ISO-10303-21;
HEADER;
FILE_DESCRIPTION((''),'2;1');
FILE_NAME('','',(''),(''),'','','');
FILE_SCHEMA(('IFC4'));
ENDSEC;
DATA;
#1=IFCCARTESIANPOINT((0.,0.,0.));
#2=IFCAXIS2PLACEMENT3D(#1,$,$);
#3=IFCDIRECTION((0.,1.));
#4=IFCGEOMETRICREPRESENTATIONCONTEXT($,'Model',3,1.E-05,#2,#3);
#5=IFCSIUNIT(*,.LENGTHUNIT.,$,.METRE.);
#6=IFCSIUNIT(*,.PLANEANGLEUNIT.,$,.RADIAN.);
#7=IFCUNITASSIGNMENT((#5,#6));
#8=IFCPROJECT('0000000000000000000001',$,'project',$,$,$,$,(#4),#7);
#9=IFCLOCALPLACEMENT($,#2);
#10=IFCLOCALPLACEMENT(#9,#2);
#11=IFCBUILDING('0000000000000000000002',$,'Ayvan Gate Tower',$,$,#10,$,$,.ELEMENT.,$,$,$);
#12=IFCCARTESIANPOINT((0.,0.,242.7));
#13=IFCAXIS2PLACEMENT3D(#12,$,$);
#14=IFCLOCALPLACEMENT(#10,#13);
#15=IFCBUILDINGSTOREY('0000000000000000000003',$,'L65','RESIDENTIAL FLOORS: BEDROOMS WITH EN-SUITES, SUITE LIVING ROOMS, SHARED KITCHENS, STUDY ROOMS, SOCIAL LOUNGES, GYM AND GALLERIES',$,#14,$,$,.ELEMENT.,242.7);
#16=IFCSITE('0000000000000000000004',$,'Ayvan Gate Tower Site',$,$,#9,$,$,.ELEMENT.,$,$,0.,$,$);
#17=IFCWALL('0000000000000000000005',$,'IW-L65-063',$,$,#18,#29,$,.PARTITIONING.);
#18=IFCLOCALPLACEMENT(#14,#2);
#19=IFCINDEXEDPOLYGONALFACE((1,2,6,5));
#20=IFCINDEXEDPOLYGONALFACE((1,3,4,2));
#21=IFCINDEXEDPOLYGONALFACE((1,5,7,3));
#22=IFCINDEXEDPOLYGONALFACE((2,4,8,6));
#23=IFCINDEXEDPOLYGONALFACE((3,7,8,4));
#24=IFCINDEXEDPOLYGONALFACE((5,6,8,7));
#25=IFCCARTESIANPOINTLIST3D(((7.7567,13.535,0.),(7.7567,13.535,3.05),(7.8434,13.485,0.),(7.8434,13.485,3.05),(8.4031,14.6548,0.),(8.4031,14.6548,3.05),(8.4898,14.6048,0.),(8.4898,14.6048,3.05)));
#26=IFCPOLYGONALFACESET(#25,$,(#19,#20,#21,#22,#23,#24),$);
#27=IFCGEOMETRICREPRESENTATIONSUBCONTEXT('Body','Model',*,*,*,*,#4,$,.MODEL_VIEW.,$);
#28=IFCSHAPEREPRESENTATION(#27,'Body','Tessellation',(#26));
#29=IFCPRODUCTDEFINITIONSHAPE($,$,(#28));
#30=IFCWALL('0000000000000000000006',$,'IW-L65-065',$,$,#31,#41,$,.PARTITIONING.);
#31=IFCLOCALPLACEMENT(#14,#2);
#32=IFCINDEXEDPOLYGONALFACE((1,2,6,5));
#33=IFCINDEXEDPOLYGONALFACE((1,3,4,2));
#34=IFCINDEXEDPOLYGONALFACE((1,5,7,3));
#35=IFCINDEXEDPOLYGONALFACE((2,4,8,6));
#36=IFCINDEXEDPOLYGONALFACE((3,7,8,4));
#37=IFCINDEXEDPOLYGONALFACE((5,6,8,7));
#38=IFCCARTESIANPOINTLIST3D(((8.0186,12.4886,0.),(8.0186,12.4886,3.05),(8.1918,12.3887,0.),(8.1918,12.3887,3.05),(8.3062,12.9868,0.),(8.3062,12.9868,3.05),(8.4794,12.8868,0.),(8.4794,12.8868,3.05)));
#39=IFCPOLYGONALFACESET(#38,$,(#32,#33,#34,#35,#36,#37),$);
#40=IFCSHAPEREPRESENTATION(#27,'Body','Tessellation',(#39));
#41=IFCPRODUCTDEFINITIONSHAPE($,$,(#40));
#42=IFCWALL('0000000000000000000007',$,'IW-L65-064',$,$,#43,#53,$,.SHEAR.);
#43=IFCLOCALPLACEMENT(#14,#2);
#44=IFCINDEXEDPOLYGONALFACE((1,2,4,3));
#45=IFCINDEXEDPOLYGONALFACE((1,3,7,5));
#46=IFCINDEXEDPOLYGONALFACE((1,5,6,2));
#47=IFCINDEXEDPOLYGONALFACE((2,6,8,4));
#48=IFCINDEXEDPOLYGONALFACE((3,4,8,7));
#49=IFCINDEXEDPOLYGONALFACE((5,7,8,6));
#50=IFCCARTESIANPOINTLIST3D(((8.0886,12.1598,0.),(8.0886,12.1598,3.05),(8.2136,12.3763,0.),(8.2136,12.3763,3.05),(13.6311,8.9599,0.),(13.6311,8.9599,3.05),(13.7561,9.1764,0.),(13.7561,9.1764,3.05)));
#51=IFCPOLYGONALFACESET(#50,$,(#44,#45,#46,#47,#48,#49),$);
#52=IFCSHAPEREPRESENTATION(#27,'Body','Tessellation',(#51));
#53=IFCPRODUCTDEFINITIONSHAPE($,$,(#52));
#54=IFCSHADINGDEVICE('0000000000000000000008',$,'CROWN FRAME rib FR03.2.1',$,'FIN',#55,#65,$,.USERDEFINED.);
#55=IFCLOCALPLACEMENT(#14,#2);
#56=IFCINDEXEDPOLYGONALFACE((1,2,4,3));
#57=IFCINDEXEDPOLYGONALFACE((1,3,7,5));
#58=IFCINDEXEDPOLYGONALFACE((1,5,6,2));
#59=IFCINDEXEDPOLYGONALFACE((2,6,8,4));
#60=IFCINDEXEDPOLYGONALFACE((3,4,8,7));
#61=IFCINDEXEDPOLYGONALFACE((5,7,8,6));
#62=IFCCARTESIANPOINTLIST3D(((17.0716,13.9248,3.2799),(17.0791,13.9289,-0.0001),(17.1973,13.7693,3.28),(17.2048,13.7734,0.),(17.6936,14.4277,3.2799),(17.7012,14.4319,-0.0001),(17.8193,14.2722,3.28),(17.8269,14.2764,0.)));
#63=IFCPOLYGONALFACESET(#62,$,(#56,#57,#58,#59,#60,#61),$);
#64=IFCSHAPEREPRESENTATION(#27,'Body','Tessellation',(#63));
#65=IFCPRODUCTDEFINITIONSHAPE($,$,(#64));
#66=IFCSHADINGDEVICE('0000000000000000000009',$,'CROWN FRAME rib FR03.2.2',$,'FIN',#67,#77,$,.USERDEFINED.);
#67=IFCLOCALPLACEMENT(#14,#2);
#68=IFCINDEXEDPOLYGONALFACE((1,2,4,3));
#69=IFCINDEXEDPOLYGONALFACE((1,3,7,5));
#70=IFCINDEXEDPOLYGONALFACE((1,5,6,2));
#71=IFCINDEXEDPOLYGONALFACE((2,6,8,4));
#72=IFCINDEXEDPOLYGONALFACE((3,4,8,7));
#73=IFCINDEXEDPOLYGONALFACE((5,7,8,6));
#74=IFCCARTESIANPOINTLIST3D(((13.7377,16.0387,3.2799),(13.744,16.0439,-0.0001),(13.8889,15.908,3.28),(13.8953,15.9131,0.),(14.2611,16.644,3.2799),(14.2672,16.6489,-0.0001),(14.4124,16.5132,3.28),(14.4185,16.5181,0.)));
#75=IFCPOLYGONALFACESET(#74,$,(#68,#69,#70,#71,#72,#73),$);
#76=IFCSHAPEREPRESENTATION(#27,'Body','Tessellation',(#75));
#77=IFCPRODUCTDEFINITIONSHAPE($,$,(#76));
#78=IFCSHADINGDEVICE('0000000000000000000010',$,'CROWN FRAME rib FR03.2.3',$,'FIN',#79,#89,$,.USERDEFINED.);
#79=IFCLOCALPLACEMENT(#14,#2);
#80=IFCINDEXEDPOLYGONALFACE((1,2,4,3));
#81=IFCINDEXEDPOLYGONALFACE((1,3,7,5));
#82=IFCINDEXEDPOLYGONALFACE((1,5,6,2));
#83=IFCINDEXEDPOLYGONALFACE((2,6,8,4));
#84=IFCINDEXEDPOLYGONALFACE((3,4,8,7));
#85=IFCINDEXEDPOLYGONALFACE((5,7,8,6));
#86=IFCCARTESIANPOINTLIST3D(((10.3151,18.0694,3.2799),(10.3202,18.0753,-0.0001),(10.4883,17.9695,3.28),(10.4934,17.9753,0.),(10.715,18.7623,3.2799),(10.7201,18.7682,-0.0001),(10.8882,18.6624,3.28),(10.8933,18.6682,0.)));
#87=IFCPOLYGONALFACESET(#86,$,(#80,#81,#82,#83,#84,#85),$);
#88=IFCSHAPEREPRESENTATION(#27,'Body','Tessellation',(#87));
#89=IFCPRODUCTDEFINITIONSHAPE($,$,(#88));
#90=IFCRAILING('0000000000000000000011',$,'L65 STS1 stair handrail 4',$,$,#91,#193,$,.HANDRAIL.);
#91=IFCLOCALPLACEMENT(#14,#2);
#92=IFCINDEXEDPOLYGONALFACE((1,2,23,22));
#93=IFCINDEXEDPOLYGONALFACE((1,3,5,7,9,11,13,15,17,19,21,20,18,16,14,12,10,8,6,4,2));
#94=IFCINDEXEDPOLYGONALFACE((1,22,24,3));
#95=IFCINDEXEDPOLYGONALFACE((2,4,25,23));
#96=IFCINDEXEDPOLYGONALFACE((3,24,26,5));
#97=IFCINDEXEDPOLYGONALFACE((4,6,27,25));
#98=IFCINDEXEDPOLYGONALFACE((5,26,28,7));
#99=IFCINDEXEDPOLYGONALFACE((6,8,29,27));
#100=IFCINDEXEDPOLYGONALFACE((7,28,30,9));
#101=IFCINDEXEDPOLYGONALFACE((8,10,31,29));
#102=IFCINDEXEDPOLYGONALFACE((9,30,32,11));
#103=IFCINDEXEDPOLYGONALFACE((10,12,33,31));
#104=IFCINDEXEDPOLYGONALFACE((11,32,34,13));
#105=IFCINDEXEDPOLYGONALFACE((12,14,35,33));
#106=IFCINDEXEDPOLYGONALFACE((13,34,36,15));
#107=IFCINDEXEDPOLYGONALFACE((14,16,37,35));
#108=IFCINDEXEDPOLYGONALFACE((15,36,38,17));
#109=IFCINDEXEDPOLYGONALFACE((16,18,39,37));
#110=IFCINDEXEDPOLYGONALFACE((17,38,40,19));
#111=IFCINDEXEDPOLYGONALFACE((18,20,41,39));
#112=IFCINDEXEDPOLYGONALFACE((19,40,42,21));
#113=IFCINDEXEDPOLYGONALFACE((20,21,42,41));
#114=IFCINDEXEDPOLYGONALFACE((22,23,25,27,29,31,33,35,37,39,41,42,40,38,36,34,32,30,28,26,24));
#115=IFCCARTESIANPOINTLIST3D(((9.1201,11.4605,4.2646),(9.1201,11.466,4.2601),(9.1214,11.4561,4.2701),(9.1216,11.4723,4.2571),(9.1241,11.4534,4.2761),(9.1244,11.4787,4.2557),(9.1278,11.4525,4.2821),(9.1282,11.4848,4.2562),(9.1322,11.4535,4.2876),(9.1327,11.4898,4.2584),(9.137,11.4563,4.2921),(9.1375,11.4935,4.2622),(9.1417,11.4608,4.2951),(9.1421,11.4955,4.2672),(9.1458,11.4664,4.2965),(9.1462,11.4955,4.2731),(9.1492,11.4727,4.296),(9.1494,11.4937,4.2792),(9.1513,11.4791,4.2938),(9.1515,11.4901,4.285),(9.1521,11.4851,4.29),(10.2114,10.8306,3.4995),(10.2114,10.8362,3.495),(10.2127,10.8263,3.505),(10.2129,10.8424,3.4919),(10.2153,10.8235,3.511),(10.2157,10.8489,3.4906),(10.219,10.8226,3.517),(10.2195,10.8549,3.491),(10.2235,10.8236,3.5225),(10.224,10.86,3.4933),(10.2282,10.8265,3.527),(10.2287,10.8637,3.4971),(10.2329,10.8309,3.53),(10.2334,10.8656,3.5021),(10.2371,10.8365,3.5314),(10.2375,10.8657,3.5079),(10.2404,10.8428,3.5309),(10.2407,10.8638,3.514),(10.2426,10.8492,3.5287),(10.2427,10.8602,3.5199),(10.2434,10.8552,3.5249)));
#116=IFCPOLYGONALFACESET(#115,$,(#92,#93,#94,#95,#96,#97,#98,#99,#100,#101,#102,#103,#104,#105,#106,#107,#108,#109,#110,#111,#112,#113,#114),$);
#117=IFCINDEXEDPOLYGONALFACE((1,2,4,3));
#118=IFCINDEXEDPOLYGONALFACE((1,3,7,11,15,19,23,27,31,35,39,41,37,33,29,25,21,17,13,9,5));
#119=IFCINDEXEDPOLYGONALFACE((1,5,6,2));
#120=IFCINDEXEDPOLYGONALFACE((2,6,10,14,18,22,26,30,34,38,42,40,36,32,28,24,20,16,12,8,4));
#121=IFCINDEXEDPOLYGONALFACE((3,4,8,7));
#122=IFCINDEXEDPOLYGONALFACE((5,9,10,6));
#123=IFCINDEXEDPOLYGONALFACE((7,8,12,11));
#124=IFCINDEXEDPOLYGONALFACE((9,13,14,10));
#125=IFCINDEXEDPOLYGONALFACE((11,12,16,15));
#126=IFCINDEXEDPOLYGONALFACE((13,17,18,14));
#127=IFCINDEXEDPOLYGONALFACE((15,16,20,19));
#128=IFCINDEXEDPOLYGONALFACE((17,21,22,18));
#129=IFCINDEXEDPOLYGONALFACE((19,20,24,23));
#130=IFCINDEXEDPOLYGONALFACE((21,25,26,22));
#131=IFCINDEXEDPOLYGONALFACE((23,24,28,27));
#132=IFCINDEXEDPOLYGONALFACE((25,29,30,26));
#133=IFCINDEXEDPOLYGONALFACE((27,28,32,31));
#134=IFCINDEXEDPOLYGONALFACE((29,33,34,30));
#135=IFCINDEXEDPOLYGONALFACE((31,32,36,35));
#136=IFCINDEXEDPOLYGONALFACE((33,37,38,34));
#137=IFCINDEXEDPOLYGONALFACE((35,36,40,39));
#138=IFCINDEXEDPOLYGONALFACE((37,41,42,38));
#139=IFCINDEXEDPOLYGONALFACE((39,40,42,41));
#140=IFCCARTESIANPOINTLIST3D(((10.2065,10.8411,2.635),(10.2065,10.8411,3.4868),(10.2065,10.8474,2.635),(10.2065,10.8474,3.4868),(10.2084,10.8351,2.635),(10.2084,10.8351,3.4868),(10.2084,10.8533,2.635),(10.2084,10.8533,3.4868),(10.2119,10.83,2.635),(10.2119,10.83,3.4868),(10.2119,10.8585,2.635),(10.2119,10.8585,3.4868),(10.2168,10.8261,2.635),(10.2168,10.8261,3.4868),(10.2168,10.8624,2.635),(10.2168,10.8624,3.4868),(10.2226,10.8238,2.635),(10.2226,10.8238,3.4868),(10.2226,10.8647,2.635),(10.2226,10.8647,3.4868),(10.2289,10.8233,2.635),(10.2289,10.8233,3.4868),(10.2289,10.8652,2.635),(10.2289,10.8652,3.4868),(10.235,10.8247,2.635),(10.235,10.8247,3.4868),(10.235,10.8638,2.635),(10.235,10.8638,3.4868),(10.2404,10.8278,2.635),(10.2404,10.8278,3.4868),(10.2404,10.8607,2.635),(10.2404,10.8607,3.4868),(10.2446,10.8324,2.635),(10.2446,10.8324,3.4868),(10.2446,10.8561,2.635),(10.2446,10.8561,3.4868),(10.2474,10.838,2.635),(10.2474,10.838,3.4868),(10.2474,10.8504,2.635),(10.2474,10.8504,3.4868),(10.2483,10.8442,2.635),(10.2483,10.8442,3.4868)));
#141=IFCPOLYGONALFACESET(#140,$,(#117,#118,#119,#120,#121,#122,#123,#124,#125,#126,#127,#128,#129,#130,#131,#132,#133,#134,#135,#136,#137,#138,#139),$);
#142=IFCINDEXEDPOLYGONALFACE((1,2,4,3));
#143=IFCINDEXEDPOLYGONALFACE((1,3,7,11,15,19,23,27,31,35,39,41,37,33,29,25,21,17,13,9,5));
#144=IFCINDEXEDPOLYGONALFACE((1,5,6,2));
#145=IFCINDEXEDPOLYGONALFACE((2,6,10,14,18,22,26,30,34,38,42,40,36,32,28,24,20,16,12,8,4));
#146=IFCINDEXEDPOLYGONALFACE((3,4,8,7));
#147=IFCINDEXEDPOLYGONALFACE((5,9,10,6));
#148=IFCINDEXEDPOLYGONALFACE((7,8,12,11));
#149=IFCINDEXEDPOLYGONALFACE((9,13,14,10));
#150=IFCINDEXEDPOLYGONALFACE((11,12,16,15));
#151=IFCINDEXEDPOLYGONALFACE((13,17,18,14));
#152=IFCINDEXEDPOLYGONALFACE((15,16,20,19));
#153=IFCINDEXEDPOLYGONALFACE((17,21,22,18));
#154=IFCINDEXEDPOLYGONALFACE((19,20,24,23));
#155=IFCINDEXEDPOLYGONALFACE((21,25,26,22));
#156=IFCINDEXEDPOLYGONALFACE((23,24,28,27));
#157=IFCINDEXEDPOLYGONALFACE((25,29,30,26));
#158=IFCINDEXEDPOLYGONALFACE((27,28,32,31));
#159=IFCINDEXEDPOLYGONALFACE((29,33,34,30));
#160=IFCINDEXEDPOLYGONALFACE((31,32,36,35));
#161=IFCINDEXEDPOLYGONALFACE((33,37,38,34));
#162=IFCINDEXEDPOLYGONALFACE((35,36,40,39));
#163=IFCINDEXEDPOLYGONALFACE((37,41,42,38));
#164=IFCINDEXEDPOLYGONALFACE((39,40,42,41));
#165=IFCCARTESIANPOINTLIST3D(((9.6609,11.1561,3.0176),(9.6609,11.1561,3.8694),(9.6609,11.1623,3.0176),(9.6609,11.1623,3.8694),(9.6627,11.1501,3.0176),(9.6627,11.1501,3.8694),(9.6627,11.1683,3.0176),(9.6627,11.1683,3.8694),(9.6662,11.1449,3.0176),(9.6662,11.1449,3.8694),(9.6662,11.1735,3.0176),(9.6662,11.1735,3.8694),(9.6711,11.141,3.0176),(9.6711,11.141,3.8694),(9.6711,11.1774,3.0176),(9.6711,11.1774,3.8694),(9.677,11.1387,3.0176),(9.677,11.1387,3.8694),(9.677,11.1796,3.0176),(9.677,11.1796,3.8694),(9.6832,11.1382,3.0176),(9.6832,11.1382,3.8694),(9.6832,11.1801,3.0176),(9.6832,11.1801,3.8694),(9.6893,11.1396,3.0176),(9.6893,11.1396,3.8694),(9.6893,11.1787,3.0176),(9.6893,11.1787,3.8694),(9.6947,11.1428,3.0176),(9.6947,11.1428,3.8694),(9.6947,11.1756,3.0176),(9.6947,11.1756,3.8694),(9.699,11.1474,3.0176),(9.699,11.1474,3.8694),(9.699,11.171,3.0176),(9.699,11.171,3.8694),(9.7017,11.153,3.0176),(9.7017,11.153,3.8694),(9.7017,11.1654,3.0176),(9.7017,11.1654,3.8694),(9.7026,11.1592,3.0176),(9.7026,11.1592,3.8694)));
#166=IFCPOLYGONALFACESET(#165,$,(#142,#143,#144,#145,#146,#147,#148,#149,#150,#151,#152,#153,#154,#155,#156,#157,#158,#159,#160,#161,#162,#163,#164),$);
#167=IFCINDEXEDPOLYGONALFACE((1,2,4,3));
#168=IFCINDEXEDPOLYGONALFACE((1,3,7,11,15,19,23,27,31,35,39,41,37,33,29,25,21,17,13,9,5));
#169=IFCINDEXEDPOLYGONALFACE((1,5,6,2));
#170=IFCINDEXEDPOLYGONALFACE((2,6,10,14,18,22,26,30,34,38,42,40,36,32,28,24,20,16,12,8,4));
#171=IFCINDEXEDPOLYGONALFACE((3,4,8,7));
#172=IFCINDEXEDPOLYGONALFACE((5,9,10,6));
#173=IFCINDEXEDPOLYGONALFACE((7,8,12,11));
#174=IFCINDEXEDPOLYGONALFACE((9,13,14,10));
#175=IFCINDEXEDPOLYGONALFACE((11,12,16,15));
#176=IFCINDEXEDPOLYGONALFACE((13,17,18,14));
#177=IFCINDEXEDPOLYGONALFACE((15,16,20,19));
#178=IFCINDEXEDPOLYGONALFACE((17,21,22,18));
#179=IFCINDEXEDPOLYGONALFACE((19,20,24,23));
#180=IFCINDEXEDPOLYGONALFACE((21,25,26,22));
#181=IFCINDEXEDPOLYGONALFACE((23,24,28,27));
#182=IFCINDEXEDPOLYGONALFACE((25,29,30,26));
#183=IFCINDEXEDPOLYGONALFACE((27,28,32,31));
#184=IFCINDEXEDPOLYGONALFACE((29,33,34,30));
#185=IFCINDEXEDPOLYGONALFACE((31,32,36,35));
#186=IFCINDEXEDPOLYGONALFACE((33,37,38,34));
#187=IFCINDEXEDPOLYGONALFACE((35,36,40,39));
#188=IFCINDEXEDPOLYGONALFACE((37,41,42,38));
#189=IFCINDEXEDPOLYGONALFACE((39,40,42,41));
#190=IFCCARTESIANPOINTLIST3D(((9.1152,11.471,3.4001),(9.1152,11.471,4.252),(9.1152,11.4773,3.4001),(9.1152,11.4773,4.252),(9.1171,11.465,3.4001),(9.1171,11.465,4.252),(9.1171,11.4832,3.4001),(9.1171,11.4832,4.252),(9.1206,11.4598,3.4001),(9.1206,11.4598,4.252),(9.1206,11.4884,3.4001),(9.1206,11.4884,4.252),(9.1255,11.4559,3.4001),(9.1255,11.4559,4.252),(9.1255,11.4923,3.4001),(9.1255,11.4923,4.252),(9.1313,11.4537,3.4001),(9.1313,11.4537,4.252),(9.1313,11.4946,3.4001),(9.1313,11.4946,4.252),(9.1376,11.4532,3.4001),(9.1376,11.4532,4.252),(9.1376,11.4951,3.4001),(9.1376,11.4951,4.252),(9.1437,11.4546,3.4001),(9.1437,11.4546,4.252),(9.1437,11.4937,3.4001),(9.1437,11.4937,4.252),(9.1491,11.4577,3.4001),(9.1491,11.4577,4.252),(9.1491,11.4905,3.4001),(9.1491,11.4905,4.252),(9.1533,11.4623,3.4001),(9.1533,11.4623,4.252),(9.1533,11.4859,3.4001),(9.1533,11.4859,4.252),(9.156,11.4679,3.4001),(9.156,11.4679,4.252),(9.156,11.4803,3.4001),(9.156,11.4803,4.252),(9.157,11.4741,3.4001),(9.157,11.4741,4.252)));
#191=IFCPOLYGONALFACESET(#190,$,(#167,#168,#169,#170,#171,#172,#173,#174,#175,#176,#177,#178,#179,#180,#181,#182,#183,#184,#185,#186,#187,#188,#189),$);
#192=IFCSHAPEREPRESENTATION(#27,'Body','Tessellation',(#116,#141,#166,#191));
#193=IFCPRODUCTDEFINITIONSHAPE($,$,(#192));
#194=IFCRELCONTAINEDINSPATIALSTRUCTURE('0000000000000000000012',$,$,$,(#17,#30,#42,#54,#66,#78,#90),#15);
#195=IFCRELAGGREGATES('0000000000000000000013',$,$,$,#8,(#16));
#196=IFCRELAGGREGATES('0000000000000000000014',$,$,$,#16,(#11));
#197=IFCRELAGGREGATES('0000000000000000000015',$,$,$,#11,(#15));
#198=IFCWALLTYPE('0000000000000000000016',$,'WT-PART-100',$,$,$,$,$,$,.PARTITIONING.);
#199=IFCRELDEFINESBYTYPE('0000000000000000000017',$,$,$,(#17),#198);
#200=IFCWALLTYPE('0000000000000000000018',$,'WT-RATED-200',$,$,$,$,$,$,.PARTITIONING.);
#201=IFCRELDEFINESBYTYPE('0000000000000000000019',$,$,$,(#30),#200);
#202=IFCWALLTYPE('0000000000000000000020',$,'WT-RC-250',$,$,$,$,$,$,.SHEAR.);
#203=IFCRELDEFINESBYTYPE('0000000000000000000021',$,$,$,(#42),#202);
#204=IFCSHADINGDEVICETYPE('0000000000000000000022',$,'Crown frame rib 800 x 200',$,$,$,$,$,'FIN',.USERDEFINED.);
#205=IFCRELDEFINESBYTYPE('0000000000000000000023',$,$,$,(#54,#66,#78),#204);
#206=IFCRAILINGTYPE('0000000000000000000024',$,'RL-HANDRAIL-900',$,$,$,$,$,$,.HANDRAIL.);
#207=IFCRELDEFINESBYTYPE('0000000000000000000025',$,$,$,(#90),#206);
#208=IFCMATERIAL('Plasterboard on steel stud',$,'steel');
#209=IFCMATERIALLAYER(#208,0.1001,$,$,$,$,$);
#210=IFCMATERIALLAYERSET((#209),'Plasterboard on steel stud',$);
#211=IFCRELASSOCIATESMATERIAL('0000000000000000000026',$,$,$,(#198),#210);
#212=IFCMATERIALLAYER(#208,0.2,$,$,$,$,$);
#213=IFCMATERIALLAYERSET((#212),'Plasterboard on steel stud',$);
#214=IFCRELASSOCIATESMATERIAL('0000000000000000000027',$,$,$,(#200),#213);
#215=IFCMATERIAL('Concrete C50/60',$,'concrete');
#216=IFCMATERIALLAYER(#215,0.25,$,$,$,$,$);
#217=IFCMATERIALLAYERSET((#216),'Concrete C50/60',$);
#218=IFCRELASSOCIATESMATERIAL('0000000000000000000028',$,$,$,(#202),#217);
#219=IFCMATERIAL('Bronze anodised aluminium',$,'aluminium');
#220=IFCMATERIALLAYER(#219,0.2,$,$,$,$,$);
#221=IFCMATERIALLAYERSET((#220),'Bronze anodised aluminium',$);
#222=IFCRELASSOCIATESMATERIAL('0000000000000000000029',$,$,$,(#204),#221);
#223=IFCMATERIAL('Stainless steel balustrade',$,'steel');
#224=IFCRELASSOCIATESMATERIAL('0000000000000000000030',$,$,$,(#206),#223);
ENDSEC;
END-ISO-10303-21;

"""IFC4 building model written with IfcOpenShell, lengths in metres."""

from ifc_helpers import new_model, si_unit, direction, frame, frame_2d, origin, origin_2d, place, context, subcontext, project, spatial, polyline, rectangle, circle, outline, extrude, material, layer, layer_set, type_object, element, save


model = new_model("IFC4")

# Units and contexts
model_context = context("Model", 3, precision=1e-05, world=origin(), true_north=direction((0.0, 1.0)))
body_context = subcontext(model_context, "Body", "Model", "MODEL_VIEW")
ifc_project = project(units=[si_unit("LENGTHUNIT", "METRE"), si_unit("PLANEANGLEUNIT", "RADIAN")], contexts=[model_context])

# Site, building, storey
site_placement = place(None, origin())
site = spatial("IfcSite", under=ifc_project, at=site_placement, Name="Ayvan Gate Tower Site", CompositionType="ELEMENT", RefElevation=0.0)
building_placement = place(site_placement, origin())
building = spatial("IfcBuilding", under=site, at=building_placement, Name="Ayvan Gate Tower", CompositionType="ELEMENT")
storey_placement = place(building_placement, frame((0.0, 0.0, 242.7)))
storey = spatial("IfcBuildingStorey", under=building, at=storey_placement, Name="L65", Description="RESIDENTIAL FLOORS: BEDROOMS WITH EN-SUITES, SUITE LIVING ROOMS, SHARED KITCHENS, STUDY ROOMS, SOCIAL LOUNGES, GYM AND GALLERIES", CompositionType="ELEMENT", Elevation=242.7)

# Shared definitions
ifc_material_1 = material(Name="Concrete C50/60", Category="concrete")

# Shared definitions
ifc_material_2 = material(Name="Bronze anodised aluminium", Category="aluminium")

# Walls
ifc_material_3 = material(Name="Plasterboard on steel stud", Category="steel")
ifc_layer_1 = layer(ifc_material_3, 0.1001)
ifc_layer_set_1 = layer_set([ifc_layer_1], Name="Plasterboard on steel stud")
wall_type_1 = type_object("IfcWallType", Name="WT-PART-100", PredefinedType="PARTITIONING", material=ifc_layer_set_1)
wall_1_placement = place(storey_placement, frame((7.8, 13.51, 0.0), z_axis=(0.0, 0.0, 1.0), x_axis=(0.499957, 0.86605, 0.0)))
element("IfcWall", 1, at=wall_1_placement, inside=storey, type_object=wall_type_1, Name="IW-L65-063", PredefinedType="PARTITIONING", context=body_context, shape_type="SweptSolid", body=[
    extrude(rectangle(XDim=1.293, YDim=0.1001, at=frame_2d((0.6465, 0.0))), origin(), (0.0, 0.0, 1.0), 3.05),
])
ifc_layer_2 = layer(ifc_material_3, 0.2)
ifc_layer_set_2 = layer_set([ifc_layer_2], Name="Plasterboard on steel stud")
wall_type_2 = type_object("IfcWallType", Name="WT-RATED-200", PredefinedType="PARTITIONING", material=ifc_layer_set_2)
wall_2_placement = place(storey_placement, frame((8.3928, 12.9368, 0.0), z_axis=(0.0, 0.0, 1.0), x_axis=(-0.500065, -0.865988, 0.0)))
element("IfcWall", 2, at=wall_2_placement, inside=storey, type_object=wall_type_2, Name="IW-L65-065", PredefinedType="PARTITIONING", context=body_context, shape_type="SweptSolid", body=[
    extrude(rectangle(XDim=0.5752, YDim=0.2, at=frame_2d((0.2876, 0.0))), origin(), (0.0, 0.0, 1.0), 3.05),
])
ifc_layer_3 = layer(ifc_material_1, 0.25)
ifc_layer_set_3 = layer_set([ifc_layer_3], Name="Concrete C50/60")
wall_type_3 = type_object("IfcWallType", Name="WT-RC-250", PredefinedType="SHEAR", material=ifc_layer_set_3)
wall_3_placement = place(storey_placement, frame((8.1511, 12.2681, 0.0), z_axis=(0.0, 0.0, 1.0), x_axis=(0.866025, -0.5, 0.0)))
element("IfcWall", 3, at=wall_3_placement, inside=storey, type_object=wall_type_3, Name="IW-L65-064", PredefinedType="SHEAR", context=body_context, shape_type="SweptSolid", body=[
    extrude(rectangle(XDim=6.3999, YDim=0.25, at=frame_2d((3.2, 0.0))), origin(), (0.0, 0.0, 1.0), 3.05),
])

# Shading devices
ifc_layer_4 = layer(ifc_material_2, 0.2)
ifc_layer_set_4 = layer_set([ifc_layer_4], Name="Bronze anodised aluminium")
shading_device_type = type_object("IfcShadingDeviceType", Name="Crown frame rib 800 x 200", ElementType="FIN", PredefinedType="USERDEFINED", material=ifc_layer_set_4)
shading_device_1_placement = place(storey_placement, frame((17.2048, 13.7734, 0.0), z_axis=(0.628706, -0.777643, 0.000467), x_axis=(0.777643, 0.628706, 0.0)))
element("IfcShadingDevice", 4, at=shading_device_1_placement, inside=storey, type_object=shading_device_type, Name="CROWN FRAME rib FR03.2.1", ObjectType="FIN", PredefinedType="USERDEFINED", context=body_context, shape_type="SweptSolid", body=[
    extrude(outline(polyline([(0.0, 0.0), (0.7999, 0.0), (0.7914, 3.28), (-0.0085, 3.28), (0.0, 0.0)])), origin(), (0.0, 0.0, -1.0), 0.2),
])
shading_device_2_placement = place(storey_placement, frame((13.8953, 15.9131, 0.0), z_axis=(0.756373, -0.65414, 0.000437), x_axis=(0.65414, 0.756373, 0.0)))
element("IfcShadingDevice", 5, at=shading_device_2_placement, inside=storey, type_object=shading_device_type, Name="CROWN FRAME rib FR03.2.2", ObjectType="FIN", PredefinedType="USERDEFINED", context=body_context, shape_type="SweptSolid", body=[
    extrude(outline(polyline([(0.0, 0.0), (0.7998, 0.0), (0.7921, 3.28), (-0.008, 3.28), (0.0, 0.0)])), origin(), (0.0, 0.0, -1.0), 0.2),
])
shading_device_3_placement = place(storey_placement, frame((10.4934, 17.9753, 0.0), z_axis=(0.866094, -0.499881, 0.000461), x_axis=(0.499881, 0.866094, 0.0)))
element("IfcShadingDevice", 6, at=shading_device_3_placement, inside=storey, type_object=shading_device_type, Name="CROWN FRAME rib FR03.2.3", ObjectType="FIN", PredefinedType="USERDEFINED", context=body_context, shape_type="SweptSolid", body=[
    extrude(outline(polyline([(0.0, 0.0), (0.8, 0.0), (0.7924, 3.28), (-0.0076, 3.28), (0.0, 0.0)])), origin(), (0.0, 0.0, -1.0), 0.2),
])

# Railing
ifc_material_4 = material(Name="Stainless steel balustrade", Category="steel")
railing_type = type_object("IfcRailingType", Name="RL-HANDRAIL-900", PredefinedType="HANDRAIL", material=ifc_material_4)
railing_placement = place(storey_placement, frame((10.2273, 10.8442, 2.635)))
element("IfcRailing", 7, at=railing_placement, inside=storey, type_object=railing_type, Name="L65 STS1 stair handrail 4", PredefinedType="HANDRAIL", context=body_context, shape_type="SweptSolid", body=[
    extrude(circle(Radius=0.0239, at=origin_2d()), frame((0.0, 0.0, 0.876), z_axis=(-0.740293, 0.427283, 0.519033), x_axis=(-0.49989, -0.866089, 0.0)), (0.0, 0.0, 1.0), 1.4741),
    extrude(circle(Radius=0.021, at=origin_2d()), origin(), (0.0, 0.0, 1.0), 0.8518),
    extrude(circle(Radius=0.021, at=origin_2d()), frame((-0.5457, 0.3149, 0.3826)), (0.0, 0.0, 1.0), 0.8518),
    extrude(circle(Radius=0.021, at=origin_2d()), frame((-1.0913, 0.6299, 0.7651)), (0.0, 0.0, 1.0), 0.8518),
])

save(model, "model.ifc")
